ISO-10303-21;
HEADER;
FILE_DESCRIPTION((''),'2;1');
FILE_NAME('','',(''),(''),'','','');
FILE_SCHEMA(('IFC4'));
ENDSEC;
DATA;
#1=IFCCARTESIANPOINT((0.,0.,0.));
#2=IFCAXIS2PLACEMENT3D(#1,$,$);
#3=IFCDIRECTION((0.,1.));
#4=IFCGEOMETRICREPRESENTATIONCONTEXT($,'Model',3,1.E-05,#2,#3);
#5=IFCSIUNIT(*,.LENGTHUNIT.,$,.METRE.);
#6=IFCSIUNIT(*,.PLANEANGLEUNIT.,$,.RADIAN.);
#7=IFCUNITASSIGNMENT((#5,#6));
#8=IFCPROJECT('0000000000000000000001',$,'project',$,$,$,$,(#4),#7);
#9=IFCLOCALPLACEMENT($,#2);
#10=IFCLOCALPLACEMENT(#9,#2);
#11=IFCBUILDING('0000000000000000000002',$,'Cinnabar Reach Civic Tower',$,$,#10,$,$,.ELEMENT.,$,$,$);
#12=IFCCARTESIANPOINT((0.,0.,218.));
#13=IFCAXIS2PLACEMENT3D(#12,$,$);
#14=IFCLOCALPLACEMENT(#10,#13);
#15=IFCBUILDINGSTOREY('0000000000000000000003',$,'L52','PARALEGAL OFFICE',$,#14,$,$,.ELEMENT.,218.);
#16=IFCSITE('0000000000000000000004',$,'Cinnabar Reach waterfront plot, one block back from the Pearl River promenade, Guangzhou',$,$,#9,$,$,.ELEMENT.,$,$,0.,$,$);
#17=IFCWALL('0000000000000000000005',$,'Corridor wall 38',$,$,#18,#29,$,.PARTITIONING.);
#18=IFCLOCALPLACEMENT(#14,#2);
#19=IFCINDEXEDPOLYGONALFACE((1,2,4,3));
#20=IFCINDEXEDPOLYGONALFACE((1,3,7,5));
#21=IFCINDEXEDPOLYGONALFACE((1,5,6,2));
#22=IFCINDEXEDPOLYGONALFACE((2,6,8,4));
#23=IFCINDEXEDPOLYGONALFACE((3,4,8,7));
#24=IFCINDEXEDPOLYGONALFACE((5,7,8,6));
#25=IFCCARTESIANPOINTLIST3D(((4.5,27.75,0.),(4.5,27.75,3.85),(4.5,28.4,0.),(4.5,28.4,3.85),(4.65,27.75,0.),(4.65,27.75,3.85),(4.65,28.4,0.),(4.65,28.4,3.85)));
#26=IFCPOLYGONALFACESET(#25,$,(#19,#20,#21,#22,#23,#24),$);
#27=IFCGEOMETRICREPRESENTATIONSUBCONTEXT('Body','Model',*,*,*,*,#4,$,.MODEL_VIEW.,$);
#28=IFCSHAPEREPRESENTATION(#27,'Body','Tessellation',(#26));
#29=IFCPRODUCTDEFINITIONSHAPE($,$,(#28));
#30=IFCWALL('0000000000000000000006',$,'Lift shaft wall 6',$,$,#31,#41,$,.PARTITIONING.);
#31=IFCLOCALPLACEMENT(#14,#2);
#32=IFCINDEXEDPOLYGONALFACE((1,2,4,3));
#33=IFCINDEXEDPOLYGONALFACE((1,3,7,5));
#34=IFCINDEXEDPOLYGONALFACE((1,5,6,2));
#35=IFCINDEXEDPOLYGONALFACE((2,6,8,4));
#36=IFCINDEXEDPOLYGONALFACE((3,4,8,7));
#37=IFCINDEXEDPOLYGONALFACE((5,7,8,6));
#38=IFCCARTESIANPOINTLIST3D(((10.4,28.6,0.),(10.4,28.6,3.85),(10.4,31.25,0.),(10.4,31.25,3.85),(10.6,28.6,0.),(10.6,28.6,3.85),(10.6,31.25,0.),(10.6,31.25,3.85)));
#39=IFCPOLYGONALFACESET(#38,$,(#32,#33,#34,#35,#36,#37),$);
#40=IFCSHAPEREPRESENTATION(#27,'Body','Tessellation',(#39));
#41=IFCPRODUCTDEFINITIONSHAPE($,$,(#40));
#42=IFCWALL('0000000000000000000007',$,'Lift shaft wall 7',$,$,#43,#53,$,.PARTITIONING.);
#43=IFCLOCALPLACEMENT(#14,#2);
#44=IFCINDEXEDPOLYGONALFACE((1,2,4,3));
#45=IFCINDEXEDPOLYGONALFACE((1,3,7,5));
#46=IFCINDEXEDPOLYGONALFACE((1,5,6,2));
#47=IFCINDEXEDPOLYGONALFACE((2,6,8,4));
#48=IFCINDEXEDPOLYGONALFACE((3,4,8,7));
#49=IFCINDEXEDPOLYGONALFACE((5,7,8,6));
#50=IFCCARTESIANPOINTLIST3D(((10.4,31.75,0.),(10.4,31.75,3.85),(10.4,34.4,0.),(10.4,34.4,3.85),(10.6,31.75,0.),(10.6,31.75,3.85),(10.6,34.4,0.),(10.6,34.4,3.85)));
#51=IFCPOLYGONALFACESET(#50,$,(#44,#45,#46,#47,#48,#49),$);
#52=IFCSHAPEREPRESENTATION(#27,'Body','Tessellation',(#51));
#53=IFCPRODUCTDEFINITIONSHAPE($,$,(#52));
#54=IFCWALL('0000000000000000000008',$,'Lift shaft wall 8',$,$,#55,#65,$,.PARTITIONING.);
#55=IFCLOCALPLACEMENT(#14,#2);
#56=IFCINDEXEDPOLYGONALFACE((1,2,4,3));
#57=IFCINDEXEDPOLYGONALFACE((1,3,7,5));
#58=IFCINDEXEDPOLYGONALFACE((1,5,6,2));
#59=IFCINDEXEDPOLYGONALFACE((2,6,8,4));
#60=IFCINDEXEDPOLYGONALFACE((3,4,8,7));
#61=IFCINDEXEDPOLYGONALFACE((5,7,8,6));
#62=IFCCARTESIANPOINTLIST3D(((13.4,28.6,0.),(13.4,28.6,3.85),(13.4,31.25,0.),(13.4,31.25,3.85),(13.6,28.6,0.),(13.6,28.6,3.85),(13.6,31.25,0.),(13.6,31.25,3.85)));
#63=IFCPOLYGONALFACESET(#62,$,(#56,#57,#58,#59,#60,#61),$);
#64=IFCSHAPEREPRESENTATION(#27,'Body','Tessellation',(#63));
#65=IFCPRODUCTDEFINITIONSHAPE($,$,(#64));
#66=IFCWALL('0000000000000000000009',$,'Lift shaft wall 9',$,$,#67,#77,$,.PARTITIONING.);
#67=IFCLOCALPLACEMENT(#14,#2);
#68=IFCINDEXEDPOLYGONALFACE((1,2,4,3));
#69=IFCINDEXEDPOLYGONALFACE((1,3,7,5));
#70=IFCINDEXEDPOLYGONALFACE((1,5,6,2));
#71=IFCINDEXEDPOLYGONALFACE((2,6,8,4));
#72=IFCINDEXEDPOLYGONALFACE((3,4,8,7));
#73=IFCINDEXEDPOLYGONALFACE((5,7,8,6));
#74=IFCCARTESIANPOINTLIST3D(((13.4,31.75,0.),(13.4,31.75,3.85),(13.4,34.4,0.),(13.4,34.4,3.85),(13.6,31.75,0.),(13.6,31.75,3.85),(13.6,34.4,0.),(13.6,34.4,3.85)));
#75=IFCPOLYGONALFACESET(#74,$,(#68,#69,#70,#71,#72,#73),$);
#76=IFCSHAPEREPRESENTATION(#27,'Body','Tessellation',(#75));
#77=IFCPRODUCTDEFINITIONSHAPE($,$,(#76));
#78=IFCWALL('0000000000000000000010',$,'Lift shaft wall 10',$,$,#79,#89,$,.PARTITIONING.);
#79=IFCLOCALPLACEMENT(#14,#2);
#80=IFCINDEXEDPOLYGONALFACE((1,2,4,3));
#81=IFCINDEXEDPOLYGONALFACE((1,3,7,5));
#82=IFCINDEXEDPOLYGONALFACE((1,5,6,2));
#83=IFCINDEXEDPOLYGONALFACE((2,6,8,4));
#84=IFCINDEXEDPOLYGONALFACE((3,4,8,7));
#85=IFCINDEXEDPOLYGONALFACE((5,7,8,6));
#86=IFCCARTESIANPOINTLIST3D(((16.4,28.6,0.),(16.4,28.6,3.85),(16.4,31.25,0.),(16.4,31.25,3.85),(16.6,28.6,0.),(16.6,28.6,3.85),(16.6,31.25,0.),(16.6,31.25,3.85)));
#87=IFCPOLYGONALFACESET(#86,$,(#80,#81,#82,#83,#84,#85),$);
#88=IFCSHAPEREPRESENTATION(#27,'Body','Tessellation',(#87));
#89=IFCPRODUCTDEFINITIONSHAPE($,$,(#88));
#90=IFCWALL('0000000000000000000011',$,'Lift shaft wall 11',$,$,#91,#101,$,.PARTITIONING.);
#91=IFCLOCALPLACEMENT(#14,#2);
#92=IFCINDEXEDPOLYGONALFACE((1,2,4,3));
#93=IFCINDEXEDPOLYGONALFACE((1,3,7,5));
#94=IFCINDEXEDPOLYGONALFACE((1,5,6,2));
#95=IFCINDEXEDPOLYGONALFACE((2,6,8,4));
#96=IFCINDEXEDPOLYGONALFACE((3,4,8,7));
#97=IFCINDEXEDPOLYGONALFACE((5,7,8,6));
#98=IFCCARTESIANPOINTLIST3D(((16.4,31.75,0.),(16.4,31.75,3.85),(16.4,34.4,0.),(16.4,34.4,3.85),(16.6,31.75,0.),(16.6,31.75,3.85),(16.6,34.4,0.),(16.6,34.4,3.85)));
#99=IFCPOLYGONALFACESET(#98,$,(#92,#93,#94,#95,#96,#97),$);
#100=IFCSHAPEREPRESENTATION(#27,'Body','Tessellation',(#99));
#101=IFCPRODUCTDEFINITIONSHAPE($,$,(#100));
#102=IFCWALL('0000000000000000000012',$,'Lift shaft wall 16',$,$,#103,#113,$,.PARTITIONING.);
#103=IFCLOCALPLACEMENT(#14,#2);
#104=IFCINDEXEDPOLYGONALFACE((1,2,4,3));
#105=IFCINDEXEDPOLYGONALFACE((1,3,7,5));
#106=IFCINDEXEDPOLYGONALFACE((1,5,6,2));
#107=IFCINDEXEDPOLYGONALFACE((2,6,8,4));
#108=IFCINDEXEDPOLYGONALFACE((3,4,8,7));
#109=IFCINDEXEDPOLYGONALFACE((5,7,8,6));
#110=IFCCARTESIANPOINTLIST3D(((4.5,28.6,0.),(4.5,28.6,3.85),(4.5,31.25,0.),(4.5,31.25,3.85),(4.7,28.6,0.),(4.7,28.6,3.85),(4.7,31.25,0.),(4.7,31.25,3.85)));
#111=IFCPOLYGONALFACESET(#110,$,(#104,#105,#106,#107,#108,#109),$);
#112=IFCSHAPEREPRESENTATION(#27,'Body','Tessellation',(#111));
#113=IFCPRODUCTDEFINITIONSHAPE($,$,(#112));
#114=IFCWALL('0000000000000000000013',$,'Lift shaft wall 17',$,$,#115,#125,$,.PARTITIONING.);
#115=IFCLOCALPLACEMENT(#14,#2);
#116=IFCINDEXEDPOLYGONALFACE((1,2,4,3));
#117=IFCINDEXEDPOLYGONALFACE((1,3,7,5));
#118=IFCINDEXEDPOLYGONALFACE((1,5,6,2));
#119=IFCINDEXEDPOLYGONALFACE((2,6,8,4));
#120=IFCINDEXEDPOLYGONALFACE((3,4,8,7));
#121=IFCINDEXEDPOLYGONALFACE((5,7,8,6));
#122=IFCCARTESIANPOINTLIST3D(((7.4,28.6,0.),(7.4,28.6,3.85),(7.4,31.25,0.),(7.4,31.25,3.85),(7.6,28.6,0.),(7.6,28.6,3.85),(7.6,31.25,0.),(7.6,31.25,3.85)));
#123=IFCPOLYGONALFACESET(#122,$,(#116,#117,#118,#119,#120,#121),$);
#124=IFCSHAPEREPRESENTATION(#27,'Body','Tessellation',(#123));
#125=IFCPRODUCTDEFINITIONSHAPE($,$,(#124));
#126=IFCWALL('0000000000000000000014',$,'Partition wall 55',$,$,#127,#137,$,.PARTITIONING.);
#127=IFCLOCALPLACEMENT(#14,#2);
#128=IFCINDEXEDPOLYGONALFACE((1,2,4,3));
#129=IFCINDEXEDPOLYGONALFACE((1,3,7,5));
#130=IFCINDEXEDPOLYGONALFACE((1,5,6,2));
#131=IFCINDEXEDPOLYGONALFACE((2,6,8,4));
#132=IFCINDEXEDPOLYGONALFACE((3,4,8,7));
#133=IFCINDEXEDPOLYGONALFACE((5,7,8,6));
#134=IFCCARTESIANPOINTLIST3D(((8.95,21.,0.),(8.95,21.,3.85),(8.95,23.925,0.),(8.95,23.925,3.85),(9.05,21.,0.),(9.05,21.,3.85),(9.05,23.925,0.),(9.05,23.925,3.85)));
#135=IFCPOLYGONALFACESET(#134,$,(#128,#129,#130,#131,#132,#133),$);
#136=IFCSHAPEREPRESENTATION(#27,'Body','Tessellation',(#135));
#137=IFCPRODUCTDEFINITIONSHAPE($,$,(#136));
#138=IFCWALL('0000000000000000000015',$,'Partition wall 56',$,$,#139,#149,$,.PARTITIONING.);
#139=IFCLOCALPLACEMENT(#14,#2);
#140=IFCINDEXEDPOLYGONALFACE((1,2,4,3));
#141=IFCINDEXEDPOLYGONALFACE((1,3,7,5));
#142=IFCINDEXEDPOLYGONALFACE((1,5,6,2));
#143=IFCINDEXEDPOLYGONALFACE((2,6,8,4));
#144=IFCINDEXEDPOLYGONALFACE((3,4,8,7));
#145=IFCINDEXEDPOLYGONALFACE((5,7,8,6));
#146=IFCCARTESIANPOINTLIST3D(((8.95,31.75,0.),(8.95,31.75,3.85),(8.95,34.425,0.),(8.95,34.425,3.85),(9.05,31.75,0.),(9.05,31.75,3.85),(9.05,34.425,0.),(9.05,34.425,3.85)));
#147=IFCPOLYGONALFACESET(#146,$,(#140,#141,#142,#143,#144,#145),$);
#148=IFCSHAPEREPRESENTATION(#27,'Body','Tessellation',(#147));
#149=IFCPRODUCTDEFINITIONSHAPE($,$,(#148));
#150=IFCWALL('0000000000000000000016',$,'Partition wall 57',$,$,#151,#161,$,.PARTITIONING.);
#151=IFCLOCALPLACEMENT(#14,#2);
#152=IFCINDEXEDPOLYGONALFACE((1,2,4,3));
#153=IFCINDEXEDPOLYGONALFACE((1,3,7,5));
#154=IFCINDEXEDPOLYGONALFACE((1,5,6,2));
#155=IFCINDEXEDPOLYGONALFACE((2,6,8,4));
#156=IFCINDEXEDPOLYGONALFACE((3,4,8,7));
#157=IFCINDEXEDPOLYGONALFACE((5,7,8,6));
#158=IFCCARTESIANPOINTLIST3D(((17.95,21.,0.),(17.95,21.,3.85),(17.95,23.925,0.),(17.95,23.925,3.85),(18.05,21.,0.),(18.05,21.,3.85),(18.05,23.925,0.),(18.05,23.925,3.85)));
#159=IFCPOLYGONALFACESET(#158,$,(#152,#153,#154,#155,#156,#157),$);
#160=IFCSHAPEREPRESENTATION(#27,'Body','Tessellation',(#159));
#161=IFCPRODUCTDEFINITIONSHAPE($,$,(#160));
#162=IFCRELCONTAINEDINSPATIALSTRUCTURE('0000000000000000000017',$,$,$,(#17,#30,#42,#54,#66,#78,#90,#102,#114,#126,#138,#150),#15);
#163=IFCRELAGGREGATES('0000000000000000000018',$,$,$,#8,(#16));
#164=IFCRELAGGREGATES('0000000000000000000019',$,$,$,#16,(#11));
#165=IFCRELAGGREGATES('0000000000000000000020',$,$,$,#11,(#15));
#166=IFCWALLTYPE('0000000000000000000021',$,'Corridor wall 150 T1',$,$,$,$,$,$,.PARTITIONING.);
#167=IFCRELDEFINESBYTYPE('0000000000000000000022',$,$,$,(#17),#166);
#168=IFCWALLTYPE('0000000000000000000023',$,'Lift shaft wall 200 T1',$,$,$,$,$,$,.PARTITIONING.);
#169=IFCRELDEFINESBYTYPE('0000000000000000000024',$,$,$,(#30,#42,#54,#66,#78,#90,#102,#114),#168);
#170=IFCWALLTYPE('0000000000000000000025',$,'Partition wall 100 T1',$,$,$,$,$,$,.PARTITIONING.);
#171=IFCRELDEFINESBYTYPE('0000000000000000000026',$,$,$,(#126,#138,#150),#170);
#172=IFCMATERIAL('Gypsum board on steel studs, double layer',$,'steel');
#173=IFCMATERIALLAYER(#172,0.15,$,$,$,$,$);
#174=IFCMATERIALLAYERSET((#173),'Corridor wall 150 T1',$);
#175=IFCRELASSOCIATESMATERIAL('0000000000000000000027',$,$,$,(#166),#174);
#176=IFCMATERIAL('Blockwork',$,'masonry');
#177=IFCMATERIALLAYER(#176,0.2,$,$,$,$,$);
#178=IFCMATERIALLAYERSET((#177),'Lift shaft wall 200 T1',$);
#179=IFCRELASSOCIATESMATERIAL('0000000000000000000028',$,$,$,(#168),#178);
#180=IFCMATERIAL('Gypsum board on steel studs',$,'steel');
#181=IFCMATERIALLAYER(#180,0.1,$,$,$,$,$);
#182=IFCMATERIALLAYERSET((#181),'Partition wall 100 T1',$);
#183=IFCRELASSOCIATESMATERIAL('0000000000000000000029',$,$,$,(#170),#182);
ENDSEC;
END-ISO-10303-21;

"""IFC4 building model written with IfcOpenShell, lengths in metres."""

from ifc_helpers import new_model, si_unit, direction, frame, frame_2d, origin, place, context, subcontext, project, spatial, rectangle, extrude, material, layer, layer_set, type_object, element, save


model = new_model("IFC4")

# Units and contexts
model_context = context("Model", 3, precision=1e-05, world=origin(), true_north=direction((0.0, 1.0)))
body_context = subcontext(model_context, "Body", "Model", "MODEL_VIEW")
ifc_project = project(units=[si_unit("LENGTHUNIT", "METRE"), si_unit("PLANEANGLEUNIT", "RADIAN")], contexts=[model_context])

# Site, building, storey
site_placement = place(None, origin())
site = spatial("IfcSite", under=ifc_project, at=site_placement, Name="Cinnabar Reach waterfront plot, one block back from the Pearl River promenade, Guangzhou", CompositionType="ELEMENT", RefElevation=0.0)
building_placement = place(site_placement, origin())
building = spatial("IfcBuilding", under=site, at=building_placement, Name="Cinnabar Reach Civic Tower", CompositionType="ELEMENT")
storey_placement = place(building_placement, frame((0.0, 0.0, 218.0)))
storey = spatial("IfcBuildingStorey", under=building, at=storey_placement, Name="L52", Description="PARALEGAL OFFICE", CompositionType="ELEMENT", Elevation=218.0)

# Shared definitions
ifc_material_1 = material(Name="Gypsum board on steel studs, double layer", Category="steel")
ifc_layer_1 = layer(ifc_material_1, 0.15)
ifc_layer_set_1 = layer_set([ifc_layer_1], Name="Corridor wall 150 T1")
wall_type_1 = type_object("IfcWallType", Name="Corridor wall 150 T1", PredefinedType="PARTITIONING", material=ifc_layer_set_1)

# Walls
wall_1_placement = place(storey_placement, frame((4.575, 27.75, 0.0), z_axis=(0.0, 0.0, 1.0), x_axis=(0.0, 1.0, 0.0)))
element("IfcWall", 1, at=wall_1_placement, inside=storey, type_object=wall_type_1, Name="Corridor wall 38", PredefinedType="PARTITIONING", context=body_context, shape_type="SweptSolid", body=[
    extrude(rectangle(XDim=0.65, YDim=0.15, at=frame_2d((0.325, 0.0))), origin(), (0.0, 0.0, 1.0), 3.85),
])
ifc_material_2 = material(Name="Blockwork", Category="masonry")
ifc_layer_2 = layer(ifc_material_2, 0.2)
ifc_layer_set_2 = layer_set([ifc_layer_2], Name="Lift shaft wall 200 T1")
wall_type_2 = type_object("IfcWallType", Name="Lift shaft wall 200 T1", PredefinedType="PARTITIONING", material=ifc_layer_set_2)
for number, where, z_axis, x_axis, name in (
    (2, (10.5, 28.6, 0.0), (0.0, 0.0, 1.0), (0.0, 1.0, 0.0), "Lift shaft wall 6"),
    (3, (10.5, 31.75, 0.0), (0.0, 0.0, 1.0), (0.0, 1.0, 0.0), "Lift shaft wall 7"),
    (4, (13.5, 28.6, 0.0), (0.0, 0.0, 1.0), (0.0, 1.0, 0.0), "Lift shaft wall 8"),
    (5, (13.5, 31.75, 0.0), (0.0, 0.0, 1.0), (0.0, 1.0, 0.0), "Lift shaft wall 9"),
    (6, (16.5, 28.6, 0.0), (0.0, 0.0, 1.0), (0.0, 1.0, 0.0), "Lift shaft wall 10"),
    (7, (16.5, 31.75, 0.0), (0.0, 0.0, 1.0), (0.0, 1.0, 0.0), "Lift shaft wall 11"),
    (8, (4.6, 28.6, 0.0), (0.0, 0.0, 1.0), (0.0, 1.0, 0.0), "Lift shaft wall 16"),
    (9, (7.5, 28.6, 0.0), (0.0, 0.0, 1.0), (0.0, 1.0, 0.0), "Lift shaft wall 17"),
):
    element("IfcWall", number, at=place(storey_placement, frame(where, z_axis=z_axis, x_axis=x_axis)), inside=storey, type_object=wall_type_2, Name=name, PredefinedType="PARTITIONING", context=body_context, shape_type="SweptSolid", body=[
        extrude(rectangle(XDim=2.65, YDim=0.2, at=frame_2d((1.325, 0.0))), origin(), (0.0, 0.0, 1.0), 3.85),
    ])
ifc_material_3 = material(Name="Gypsum board on steel studs", Category="steel")
ifc_layer_3 = layer(ifc_material_3, 0.1)
ifc_layer_set_3 = layer_set([ifc_layer_3], Name="Partition wall 100 T1")
wall_type_3 = type_object("IfcWallType", Name="Partition wall 100 T1", PredefinedType="PARTITIONING", material=ifc_layer_set_3)
wall_2_placement = place(storey_placement, frame((9.0, 21.0, 0.0), z_axis=(0.0, 0.0, 1.0), x_axis=(0.0, 1.0, 0.0)))
element("IfcWall", 10, at=wall_2_placement, inside=storey, type_object=wall_type_3, Name="Partition wall 55", PredefinedType="PARTITIONING", context=body_context, shape_type="SweptSolid", body=[
    extrude(rectangle(XDim=2.925, YDim=0.1, at=frame_2d((1.4625, 0.0))), origin(), (0.0, 0.0, 1.0), 3.85),
])
wall_3_placement = place(storey_placement, frame((9.0, 31.75, 0.0), z_axis=(0.0, 0.0, 1.0), x_axis=(0.0, 1.0, 0.0)))
element("IfcWall", 11, at=wall_3_placement, inside=storey, type_object=wall_type_3, Name="Partition wall 56", PredefinedType="PARTITIONING", context=body_context, shape_type="SweptSolid", body=[
    extrude(rectangle(XDim=2.675, YDim=0.1, at=frame_2d((1.3375, 0.0))), origin(), (0.0, 0.0, 1.0), 3.85),
])
wall_4_placement = place(storey_placement, frame((18.0, 21.0, 0.0), z_axis=(0.0, 0.0, 1.0), x_axis=(0.0, 1.0, 0.0)))
element("IfcWall", 12, at=wall_4_placement, inside=storey, type_object=wall_type_3, Name="Partition wall 57", PredefinedType="PARTITIONING", context=body_context, shape_type="SweptSolid", body=[
    extrude(rectangle(XDim=2.925, YDim=0.1, at=frame_2d((1.4625, 0.0))), origin(), (0.0, 0.0, 1.0), 3.85),
])

save(model, "model.ifc")
